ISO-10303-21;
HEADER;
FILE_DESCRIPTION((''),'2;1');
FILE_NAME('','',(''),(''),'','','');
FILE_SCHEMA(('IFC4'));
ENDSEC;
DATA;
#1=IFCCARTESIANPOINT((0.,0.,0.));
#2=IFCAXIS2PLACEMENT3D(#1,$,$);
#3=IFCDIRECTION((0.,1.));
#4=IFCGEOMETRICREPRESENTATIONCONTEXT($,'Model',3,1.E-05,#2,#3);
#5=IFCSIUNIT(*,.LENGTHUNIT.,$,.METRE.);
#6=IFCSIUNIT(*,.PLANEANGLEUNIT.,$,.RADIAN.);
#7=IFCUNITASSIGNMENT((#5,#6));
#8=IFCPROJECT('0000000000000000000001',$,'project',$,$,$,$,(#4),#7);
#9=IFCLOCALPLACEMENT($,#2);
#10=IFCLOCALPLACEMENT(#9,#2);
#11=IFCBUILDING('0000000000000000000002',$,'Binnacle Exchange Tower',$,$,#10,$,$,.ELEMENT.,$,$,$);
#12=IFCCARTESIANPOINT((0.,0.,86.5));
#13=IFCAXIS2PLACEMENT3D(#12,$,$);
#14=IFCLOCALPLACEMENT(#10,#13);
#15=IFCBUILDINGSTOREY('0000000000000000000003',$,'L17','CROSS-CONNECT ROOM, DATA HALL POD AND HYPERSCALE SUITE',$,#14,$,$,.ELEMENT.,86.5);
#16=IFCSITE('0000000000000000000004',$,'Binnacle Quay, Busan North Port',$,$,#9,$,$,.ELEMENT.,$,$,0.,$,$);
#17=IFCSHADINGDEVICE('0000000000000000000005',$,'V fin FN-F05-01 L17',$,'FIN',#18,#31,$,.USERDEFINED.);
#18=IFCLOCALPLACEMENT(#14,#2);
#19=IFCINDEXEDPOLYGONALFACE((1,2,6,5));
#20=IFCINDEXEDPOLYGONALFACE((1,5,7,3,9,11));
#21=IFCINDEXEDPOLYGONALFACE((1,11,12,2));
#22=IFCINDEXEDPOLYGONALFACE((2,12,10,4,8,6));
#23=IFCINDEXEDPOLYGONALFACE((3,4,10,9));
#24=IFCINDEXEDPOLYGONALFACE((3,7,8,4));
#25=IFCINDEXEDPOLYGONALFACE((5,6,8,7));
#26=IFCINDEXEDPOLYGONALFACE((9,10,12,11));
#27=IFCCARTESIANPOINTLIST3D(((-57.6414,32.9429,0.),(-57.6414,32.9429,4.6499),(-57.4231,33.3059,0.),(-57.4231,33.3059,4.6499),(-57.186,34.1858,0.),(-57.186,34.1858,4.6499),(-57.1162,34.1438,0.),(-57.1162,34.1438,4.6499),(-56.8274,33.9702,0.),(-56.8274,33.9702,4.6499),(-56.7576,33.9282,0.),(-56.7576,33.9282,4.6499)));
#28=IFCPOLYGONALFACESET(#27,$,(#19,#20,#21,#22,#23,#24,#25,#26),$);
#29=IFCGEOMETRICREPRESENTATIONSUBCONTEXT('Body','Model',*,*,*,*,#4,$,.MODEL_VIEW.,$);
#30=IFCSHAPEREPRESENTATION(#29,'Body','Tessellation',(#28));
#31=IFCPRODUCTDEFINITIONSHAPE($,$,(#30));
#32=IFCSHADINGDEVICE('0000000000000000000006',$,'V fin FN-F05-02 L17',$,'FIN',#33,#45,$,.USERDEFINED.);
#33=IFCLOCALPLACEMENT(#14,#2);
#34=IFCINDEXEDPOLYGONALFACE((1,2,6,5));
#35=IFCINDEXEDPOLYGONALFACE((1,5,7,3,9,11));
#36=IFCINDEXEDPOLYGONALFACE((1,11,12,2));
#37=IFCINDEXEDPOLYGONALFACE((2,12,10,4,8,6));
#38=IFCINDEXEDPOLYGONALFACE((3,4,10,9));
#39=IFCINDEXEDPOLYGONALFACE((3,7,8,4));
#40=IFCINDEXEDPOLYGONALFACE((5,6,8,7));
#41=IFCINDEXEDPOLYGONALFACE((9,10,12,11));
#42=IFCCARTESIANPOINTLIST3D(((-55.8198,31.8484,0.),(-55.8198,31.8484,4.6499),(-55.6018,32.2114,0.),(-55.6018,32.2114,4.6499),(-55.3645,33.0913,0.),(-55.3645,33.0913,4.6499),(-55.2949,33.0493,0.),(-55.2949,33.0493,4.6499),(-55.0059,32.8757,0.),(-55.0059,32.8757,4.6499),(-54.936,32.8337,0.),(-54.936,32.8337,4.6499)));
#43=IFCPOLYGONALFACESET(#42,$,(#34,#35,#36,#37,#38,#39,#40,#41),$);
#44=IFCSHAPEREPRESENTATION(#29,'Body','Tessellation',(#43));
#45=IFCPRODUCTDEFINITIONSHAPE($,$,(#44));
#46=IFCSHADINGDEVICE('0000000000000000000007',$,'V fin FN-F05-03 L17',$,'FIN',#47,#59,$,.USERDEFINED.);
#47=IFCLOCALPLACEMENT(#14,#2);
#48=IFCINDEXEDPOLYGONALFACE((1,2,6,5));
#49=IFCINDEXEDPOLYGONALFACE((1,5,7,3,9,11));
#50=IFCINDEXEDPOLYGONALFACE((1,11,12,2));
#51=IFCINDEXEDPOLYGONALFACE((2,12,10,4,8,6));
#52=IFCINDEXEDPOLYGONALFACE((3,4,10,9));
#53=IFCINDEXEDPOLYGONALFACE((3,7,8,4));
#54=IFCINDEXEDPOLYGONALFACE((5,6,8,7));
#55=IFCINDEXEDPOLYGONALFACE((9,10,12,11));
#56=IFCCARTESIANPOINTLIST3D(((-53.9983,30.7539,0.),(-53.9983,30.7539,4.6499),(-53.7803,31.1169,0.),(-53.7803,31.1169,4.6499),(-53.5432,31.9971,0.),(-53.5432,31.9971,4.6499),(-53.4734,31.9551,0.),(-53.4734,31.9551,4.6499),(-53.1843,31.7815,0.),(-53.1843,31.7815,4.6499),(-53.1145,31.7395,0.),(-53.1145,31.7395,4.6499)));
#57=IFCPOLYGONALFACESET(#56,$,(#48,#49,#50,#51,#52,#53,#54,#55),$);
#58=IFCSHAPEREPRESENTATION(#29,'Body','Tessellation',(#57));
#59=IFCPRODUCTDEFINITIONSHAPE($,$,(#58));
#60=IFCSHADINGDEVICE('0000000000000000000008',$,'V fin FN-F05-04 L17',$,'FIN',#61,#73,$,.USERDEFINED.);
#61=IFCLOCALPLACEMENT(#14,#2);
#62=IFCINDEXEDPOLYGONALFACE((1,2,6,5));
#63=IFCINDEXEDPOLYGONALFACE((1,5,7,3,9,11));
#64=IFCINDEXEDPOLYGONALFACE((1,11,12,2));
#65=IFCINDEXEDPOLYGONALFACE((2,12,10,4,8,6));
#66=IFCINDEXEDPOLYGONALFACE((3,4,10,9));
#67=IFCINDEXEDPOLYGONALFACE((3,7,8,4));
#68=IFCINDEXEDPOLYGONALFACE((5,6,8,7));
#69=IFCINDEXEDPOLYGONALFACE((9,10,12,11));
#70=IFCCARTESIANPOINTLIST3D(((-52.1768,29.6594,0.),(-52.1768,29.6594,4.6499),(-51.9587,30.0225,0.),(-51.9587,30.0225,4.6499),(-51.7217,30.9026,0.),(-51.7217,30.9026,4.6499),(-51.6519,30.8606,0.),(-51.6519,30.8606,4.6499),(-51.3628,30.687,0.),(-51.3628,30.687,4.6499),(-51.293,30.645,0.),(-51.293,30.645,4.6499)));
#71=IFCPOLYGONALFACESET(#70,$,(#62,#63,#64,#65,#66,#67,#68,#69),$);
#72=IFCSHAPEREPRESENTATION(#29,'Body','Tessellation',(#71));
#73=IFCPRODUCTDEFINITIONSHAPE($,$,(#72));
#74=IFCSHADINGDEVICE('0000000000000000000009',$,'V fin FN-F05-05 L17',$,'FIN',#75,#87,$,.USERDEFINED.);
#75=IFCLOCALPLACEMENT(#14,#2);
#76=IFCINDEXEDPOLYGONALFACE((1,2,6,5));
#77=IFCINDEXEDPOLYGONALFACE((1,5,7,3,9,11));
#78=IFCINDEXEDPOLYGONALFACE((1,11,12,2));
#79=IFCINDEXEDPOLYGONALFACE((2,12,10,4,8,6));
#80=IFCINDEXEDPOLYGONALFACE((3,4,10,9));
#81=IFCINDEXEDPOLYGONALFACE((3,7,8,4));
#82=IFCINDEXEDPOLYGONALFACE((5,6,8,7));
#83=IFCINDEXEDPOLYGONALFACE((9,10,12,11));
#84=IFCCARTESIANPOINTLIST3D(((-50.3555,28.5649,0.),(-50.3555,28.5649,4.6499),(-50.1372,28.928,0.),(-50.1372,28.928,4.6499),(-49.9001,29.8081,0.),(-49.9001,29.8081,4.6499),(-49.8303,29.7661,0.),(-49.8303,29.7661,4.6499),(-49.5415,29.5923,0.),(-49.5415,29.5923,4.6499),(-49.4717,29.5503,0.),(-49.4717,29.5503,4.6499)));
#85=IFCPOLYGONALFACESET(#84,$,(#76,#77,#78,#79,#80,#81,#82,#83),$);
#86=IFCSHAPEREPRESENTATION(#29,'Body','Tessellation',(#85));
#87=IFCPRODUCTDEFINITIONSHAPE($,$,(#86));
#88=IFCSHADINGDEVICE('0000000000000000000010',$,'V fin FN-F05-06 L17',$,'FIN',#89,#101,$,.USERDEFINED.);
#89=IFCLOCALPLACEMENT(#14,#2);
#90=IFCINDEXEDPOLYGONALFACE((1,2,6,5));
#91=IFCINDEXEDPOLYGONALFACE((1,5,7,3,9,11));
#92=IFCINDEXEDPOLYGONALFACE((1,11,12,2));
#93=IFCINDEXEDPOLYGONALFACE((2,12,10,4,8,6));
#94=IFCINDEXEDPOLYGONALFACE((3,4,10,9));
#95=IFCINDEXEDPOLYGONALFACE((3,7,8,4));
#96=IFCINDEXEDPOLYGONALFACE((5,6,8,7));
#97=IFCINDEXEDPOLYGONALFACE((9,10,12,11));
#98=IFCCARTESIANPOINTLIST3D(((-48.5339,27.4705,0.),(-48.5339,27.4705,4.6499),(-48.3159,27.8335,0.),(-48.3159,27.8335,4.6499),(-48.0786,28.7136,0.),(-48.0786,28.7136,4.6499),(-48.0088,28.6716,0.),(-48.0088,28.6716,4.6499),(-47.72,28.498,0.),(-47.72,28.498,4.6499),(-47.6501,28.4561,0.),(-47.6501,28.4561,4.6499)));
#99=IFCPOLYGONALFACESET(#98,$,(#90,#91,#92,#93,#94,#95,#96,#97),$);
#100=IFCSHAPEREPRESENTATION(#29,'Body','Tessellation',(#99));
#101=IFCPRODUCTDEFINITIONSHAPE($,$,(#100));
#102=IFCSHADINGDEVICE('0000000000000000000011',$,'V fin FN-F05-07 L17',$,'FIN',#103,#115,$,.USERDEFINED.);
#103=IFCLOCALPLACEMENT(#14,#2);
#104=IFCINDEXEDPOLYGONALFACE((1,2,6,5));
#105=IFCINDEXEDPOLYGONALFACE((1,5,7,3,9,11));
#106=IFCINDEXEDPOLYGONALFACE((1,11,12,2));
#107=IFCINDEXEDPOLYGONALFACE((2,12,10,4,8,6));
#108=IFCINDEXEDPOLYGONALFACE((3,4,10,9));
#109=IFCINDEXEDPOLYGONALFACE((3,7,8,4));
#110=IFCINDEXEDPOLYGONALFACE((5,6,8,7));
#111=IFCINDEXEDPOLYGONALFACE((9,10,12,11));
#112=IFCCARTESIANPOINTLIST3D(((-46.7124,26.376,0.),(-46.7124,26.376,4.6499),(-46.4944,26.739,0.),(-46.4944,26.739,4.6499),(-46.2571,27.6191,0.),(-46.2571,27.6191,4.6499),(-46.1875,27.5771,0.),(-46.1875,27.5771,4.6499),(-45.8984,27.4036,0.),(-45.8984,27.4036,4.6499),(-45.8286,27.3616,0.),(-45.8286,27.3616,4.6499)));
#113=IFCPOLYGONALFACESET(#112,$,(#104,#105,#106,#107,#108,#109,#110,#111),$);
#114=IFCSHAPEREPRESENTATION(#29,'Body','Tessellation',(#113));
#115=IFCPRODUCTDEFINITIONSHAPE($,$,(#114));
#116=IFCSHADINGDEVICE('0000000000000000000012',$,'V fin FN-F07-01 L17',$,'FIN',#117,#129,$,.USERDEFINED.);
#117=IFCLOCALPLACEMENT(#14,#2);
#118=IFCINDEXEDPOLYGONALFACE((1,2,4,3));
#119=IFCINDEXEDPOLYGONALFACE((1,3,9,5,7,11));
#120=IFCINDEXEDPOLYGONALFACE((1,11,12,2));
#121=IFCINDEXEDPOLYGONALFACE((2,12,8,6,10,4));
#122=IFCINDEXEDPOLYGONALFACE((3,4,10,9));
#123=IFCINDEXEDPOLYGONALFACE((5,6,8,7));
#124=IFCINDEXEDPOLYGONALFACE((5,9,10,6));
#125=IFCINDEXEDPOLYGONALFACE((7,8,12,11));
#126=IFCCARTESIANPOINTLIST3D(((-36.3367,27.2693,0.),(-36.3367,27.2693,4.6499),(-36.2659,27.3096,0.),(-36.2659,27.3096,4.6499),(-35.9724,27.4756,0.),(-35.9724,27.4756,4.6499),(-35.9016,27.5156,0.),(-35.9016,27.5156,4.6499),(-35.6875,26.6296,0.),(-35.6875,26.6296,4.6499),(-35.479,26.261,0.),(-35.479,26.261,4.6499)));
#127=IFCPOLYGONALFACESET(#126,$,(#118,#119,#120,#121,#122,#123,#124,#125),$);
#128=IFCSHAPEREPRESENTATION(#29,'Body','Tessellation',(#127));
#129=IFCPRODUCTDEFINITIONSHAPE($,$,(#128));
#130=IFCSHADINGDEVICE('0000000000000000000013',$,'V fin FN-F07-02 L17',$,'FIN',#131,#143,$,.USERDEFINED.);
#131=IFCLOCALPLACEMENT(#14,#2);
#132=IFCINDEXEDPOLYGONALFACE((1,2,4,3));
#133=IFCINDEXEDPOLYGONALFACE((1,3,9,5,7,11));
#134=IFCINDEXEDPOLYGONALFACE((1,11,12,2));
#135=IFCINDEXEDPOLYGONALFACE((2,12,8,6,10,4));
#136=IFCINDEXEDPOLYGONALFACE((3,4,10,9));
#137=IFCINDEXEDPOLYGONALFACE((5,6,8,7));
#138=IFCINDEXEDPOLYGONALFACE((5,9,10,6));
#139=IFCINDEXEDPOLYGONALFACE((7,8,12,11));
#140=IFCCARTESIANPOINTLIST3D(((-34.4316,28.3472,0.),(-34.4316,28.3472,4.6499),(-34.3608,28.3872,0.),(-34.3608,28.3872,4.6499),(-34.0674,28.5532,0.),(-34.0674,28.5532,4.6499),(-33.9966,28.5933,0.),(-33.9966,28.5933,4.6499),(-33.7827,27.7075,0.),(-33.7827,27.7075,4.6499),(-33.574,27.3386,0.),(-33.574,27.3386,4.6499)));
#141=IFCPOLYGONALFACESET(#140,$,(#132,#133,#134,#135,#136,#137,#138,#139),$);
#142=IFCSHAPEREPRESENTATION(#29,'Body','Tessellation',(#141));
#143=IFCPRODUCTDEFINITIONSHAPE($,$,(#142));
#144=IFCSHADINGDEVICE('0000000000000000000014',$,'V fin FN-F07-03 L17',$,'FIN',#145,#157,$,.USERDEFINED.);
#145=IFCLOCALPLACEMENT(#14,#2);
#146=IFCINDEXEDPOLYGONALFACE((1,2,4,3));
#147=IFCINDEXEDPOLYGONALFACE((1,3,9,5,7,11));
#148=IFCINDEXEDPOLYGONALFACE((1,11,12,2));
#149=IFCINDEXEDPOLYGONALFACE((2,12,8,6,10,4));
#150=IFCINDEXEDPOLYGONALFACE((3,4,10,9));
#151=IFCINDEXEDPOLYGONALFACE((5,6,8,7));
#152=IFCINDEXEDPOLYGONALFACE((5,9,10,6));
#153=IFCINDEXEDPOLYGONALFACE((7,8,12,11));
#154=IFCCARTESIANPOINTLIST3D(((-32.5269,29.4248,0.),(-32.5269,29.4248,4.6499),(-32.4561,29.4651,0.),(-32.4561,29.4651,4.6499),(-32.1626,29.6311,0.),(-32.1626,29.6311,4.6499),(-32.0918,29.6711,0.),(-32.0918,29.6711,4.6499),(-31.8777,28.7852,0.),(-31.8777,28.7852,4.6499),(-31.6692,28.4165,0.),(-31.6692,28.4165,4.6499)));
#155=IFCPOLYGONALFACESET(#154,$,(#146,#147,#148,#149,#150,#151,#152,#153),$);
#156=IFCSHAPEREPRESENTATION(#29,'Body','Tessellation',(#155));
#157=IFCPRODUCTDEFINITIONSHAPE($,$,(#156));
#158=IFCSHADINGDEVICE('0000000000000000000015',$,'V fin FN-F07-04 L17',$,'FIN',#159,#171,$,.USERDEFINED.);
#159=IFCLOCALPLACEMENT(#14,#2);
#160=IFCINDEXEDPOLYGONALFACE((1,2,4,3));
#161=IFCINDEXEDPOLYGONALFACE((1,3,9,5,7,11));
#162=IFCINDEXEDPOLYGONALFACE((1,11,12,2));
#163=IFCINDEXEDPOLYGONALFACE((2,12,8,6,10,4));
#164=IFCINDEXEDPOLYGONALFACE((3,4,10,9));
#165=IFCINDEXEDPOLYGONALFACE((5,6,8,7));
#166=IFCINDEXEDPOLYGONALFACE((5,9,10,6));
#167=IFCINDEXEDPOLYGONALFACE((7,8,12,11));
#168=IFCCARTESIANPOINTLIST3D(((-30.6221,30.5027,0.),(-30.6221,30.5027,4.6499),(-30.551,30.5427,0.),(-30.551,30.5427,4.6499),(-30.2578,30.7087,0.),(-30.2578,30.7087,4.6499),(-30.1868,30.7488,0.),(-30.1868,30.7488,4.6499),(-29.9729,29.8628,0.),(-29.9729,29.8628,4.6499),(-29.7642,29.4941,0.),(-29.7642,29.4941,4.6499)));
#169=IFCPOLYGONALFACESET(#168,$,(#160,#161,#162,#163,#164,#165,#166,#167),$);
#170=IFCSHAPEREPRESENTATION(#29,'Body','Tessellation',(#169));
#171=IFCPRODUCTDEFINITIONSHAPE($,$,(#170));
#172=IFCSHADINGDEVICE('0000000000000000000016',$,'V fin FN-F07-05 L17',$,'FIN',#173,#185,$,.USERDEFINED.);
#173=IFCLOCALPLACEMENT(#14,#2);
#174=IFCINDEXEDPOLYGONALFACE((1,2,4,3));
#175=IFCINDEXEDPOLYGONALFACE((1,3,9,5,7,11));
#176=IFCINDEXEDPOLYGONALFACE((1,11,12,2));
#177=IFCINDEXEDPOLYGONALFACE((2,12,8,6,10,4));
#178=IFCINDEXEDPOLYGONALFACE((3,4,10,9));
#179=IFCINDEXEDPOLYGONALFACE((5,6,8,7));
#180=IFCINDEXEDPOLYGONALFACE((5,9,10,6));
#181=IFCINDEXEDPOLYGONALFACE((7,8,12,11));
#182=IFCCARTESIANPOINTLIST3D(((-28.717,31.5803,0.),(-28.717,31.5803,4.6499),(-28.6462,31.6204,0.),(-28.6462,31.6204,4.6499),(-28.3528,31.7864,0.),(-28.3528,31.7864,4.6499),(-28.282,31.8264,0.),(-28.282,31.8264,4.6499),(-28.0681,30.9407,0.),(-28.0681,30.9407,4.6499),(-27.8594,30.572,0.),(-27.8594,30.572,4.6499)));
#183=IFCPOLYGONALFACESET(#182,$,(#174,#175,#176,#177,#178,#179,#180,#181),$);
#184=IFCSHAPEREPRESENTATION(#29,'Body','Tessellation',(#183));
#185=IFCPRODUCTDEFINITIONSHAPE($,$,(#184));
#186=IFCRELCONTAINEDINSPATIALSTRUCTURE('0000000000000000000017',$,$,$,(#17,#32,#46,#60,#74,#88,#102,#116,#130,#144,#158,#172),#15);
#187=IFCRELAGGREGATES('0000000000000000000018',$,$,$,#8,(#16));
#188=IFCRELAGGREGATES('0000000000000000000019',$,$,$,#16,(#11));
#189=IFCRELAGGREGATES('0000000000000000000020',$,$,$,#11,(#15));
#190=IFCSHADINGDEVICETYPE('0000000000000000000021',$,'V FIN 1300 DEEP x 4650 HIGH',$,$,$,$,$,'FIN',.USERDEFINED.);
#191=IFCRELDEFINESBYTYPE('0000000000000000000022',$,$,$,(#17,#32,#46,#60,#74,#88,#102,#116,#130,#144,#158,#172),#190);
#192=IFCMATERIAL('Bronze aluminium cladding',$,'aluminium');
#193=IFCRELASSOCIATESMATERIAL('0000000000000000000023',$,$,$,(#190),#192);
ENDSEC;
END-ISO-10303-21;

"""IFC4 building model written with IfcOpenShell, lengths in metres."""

from ifc_helpers import new_model, si_unit, direction, frame, origin, place, context, subcontext, project, spatial, polyline, outline, extrude, material, type_object, element, save


model = new_model("IFC4")

# Units and contexts
model_context = context("Model", 3, precision=1e-05, world=origin(), true_north=direction((0.0, 1.0)))
body_context = subcontext(model_context, "Body", "Model", "MODEL_VIEW")
ifc_project = project(units=[si_unit("LENGTHUNIT", "METRE"), si_unit("PLANEANGLEUNIT", "RADIAN")], contexts=[model_context])

# Site, building, storey
site_placement = place(None, origin())
site = spatial("IfcSite", under=ifc_project, at=site_placement, Name="Binnacle Quay, Busan North Port", CompositionType="ELEMENT", RefElevation=0.0)
building_placement = place(site_placement, origin())
building = spatial("IfcBuilding", under=site, at=building_placement, Name="Binnacle Exchange Tower", CompositionType="ELEMENT")
storey_placement = place(building_placement, frame((0.0, 0.0, 86.5)))
storey = spatial("IfcBuildingStorey", under=building, at=storey_placement, Name="L17", Description="CROSS-CONNECT ROOM, DATA HALL POD AND HYPERSCALE SUITE", CompositionType="ELEMENT", Elevation=86.5)

# Shading devices
ifc_material = material(Name="Bronze aluminium cladding", Category="aluminium")
shading_device_type = type_object("IfcShadingDeviceType", Name="V FIN 1300 DEEP x 4650 HIGH", ElementType="FIN", PredefinedType="USERDEFINED", material=ifc_material)
shading_device_1_placement = place(storey_placement, origin())
element("IfcShadingDevice", 1, at=shading_device_1_placement, inside=storey, type_object=shading_device_type, Name="V fin FN-F05-01 L17", ObjectType="FIN", PredefinedType="USERDEFINED", context=body_context, shape_type="SweptSolid", body=[
    extrude(outline(polyline([(-57.186, 34.1858), (-57.6414, 32.9429), (-56.7576, 33.9282), (-56.8274, 33.9702), (-57.4231, 33.3059), (-57.1162, 34.1438), (-57.186, 34.1858)])), origin(), (0.0, 0.0, 1.0), 4.6499),
])
shading_device_2_placement = place(storey_placement, origin())
element("IfcShadingDevice", 2, at=shading_device_2_placement, inside=storey, type_object=shading_device_type, Name="V fin FN-F05-02 L17", ObjectType="FIN", PredefinedType="USERDEFINED", context=body_context, shape_type="SweptSolid", body=[
    extrude(outline(polyline([(-55.3645, 33.0913), (-55.8198, 31.8484), (-54.936, 32.8337), (-55.0059, 32.8757), (-55.6018, 32.2114), (-55.2949, 33.0493), (-55.3645, 33.0913)])), origin(), (0.0, 0.0, 1.0), 4.6499),
])
shading_device_3_placement = place(storey_placement, origin())
element("IfcShadingDevice", 3, at=shading_device_3_placement, inside=storey, type_object=shading_device_type, Name="V fin FN-F05-03 L17", ObjectType="FIN", PredefinedType="USERDEFINED", context=body_context, shape_type="SweptSolid", body=[
    extrude(outline(polyline([(-53.5432, 31.9971), (-53.9983, 30.7539), (-53.1145, 31.7395), (-53.1843, 31.7815), (-53.7803, 31.1169), (-53.4734, 31.9551), (-53.5432, 31.9971)])), origin(), (0.0, 0.0, 1.0), 4.6499),
])
shading_device_4_placement = place(storey_placement, origin())
element("IfcShadingDevice", 4, at=shading_device_4_placement, inside=storey, type_object=shading_device_type, Name="V fin FN-F05-04 L17", ObjectType="FIN", PredefinedType="USERDEFINED", context=body_context, shape_type="SweptSolid", body=[
    extrude(outline(polyline([(-51.7217, 30.9026), (-52.1768, 29.6594), (-51.293, 30.645), (-51.3628, 30.687), (-51.9587, 30.0225), (-51.6519, 30.8606), (-51.7217, 30.9026)])), origin(), (0.0, 0.0, 1.0), 4.6499),
])
shading_device_5_placement = place(storey_placement, origin())
element("IfcShadingDevice", 5, at=shading_device_5_placement, inside=storey, type_object=shading_device_type, Name="V fin FN-F05-05 L17", ObjectType="FIN", PredefinedType="USERDEFINED", context=body_context, shape_type="SweptSolid", body=[
    extrude(outline(polyline([(-49.9001, 29.8081), (-50.3555, 28.5649), (-49.4717, 29.5503), (-49.5415, 29.5923), (-50.1372, 28.928), (-49.8303, 29.7661), (-49.9001, 29.8081)])), origin(), (0.0, 0.0, 1.0), 4.6499),
])
shading_device_6_placement = place(storey_placement, origin())
element("IfcShadingDevice", 6, at=shading_device_6_placement, inside=storey, type_object=shading_device_type, Name="V fin FN-F05-06 L17", ObjectType="FIN", PredefinedType="USERDEFINED", context=body_context, shape_type="SweptSolid", body=[
    extrude(outline(polyline([(-48.0786, 28.7136), (-48.5339, 27.4705), (-47.6501, 28.4561), (-47.72, 28.498), (-48.3159, 27.8335), (-48.0088, 28.6716), (-48.0786, 28.7136)])), origin(), (0.0, 0.0, 1.0), 4.6499),
])
shading_device_7_placement = place(storey_placement, origin())
element("IfcShadingDevice", 7, at=shading_device_7_placement, inside=storey, type_object=shading_device_type, Name="V fin FN-F05-07 L17", ObjectType="FIN", PredefinedType="USERDEFINED", context=body_context, shape_type="SweptSolid", body=[
    extrude(outline(polyline([(-46.2571, 27.6191), (-46.7124, 26.376), (-45.8286, 27.3616), (-45.8984, 27.4036), (-46.4944, 26.739), (-46.1875, 27.5771), (-46.2571, 27.6191)])), origin(), (0.0, 0.0, 1.0), 4.6499),
])
shading_device_8_placement = place(storey_placement, origin())
element("IfcShadingDevice", 8, at=shading_device_8_placement, inside=storey, type_object=shading_device_type, Name="V fin FN-F07-01 L17", ObjectType="FIN", PredefinedType="USERDEFINED", context=body_context, shape_type="SweptSolid", body=[
    extrude(outline(polyline([(-36.3367, 27.2693), (-35.479, 26.261), (-35.9016, 27.5156), (-35.9724, 27.4756), (-35.6875, 26.6296), (-36.2659, 27.3096), (-36.3367, 27.2693)])), origin(), (0.0, 0.0, 1.0), 4.6499),
])
shading_device_9_placement = place(storey_placement, origin())
element("IfcShadingDevice", 9, at=shading_device_9_placement, inside=storey, type_object=shading_device_type, Name="V fin FN-F07-02 L17", ObjectType="FIN", PredefinedType="USERDEFINED", context=body_context, shape_type="SweptSolid", body=[
    extrude(outline(polyline([(-34.4316, 28.3472), (-33.574, 27.3386), (-33.9966, 28.5933), (-34.0674, 28.5532), (-33.7827, 27.7075), (-34.3608, 28.3872), (-34.4316, 28.3472)])), origin(), (0.0, 0.0, 1.0), 4.6499),
])
shading_device_10_placement = place(storey_placement, origin())
element("IfcShadingDevice", 10, at=shading_device_10_placement, inside=storey, type_object=shading_device_type, Name="V fin FN-F07-03 L17", ObjectType="FIN", PredefinedType="USERDEFINED", context=body_context, shape_type="SweptSolid", body=[
    extrude(outline(polyline([(-32.5269, 29.4248), (-31.6692, 28.4165), (-32.0918, 29.6711), (-32.1626, 29.6311), (-31.8777, 28.7852), (-32.4561, 29.4651), (-32.5269, 29.4248)])), origin(), (0.0, 0.0, 1.0), 4.6499),
])
shading_device_11_placement = place(storey_placement, origin())
element("IfcShadingDevice", 11, at=shading_device_11_placement, inside=storey, type_object=shading_device_type, Name="V fin FN-F07-04 L17", ObjectType="FIN", PredefinedType="USERDEFINED", context=body_context, shape_type="SweptSolid", body=[
    extrude(outline(polyline([(-30.6221, 30.5027), (-29.7642, 29.4941), (-30.1868, 30.7488), (-30.2578, 30.7087), (-29.9729, 29.8628), (-30.551, 30.5427), (-30.6221, 30.5027)])), origin(), (0.0, 0.0, 1.0), 4.6499),
])
shading_device_12_placement = place(storey_placement, origin())
element("IfcShadingDevice", 12, at=shading_device_12_placement, inside=storey, type_object=shading_device_type, Name="V fin FN-F07-05 L17", ObjectType="FIN", PredefinedType="USERDEFINED", context=body_context, shape_type="SweptSolid", body=[
    extrude(outline(polyline([(-28.717, 31.5803), (-27.8594, 30.572), (-28.282, 31.8264), (-28.3528, 31.7864), (-28.0681, 30.9407), (-28.6462, 31.6204), (-28.717, 31.5803)])), origin(), (0.0, 0.0, 1.0), 4.6499),
])

save(model, "model.ifc")
